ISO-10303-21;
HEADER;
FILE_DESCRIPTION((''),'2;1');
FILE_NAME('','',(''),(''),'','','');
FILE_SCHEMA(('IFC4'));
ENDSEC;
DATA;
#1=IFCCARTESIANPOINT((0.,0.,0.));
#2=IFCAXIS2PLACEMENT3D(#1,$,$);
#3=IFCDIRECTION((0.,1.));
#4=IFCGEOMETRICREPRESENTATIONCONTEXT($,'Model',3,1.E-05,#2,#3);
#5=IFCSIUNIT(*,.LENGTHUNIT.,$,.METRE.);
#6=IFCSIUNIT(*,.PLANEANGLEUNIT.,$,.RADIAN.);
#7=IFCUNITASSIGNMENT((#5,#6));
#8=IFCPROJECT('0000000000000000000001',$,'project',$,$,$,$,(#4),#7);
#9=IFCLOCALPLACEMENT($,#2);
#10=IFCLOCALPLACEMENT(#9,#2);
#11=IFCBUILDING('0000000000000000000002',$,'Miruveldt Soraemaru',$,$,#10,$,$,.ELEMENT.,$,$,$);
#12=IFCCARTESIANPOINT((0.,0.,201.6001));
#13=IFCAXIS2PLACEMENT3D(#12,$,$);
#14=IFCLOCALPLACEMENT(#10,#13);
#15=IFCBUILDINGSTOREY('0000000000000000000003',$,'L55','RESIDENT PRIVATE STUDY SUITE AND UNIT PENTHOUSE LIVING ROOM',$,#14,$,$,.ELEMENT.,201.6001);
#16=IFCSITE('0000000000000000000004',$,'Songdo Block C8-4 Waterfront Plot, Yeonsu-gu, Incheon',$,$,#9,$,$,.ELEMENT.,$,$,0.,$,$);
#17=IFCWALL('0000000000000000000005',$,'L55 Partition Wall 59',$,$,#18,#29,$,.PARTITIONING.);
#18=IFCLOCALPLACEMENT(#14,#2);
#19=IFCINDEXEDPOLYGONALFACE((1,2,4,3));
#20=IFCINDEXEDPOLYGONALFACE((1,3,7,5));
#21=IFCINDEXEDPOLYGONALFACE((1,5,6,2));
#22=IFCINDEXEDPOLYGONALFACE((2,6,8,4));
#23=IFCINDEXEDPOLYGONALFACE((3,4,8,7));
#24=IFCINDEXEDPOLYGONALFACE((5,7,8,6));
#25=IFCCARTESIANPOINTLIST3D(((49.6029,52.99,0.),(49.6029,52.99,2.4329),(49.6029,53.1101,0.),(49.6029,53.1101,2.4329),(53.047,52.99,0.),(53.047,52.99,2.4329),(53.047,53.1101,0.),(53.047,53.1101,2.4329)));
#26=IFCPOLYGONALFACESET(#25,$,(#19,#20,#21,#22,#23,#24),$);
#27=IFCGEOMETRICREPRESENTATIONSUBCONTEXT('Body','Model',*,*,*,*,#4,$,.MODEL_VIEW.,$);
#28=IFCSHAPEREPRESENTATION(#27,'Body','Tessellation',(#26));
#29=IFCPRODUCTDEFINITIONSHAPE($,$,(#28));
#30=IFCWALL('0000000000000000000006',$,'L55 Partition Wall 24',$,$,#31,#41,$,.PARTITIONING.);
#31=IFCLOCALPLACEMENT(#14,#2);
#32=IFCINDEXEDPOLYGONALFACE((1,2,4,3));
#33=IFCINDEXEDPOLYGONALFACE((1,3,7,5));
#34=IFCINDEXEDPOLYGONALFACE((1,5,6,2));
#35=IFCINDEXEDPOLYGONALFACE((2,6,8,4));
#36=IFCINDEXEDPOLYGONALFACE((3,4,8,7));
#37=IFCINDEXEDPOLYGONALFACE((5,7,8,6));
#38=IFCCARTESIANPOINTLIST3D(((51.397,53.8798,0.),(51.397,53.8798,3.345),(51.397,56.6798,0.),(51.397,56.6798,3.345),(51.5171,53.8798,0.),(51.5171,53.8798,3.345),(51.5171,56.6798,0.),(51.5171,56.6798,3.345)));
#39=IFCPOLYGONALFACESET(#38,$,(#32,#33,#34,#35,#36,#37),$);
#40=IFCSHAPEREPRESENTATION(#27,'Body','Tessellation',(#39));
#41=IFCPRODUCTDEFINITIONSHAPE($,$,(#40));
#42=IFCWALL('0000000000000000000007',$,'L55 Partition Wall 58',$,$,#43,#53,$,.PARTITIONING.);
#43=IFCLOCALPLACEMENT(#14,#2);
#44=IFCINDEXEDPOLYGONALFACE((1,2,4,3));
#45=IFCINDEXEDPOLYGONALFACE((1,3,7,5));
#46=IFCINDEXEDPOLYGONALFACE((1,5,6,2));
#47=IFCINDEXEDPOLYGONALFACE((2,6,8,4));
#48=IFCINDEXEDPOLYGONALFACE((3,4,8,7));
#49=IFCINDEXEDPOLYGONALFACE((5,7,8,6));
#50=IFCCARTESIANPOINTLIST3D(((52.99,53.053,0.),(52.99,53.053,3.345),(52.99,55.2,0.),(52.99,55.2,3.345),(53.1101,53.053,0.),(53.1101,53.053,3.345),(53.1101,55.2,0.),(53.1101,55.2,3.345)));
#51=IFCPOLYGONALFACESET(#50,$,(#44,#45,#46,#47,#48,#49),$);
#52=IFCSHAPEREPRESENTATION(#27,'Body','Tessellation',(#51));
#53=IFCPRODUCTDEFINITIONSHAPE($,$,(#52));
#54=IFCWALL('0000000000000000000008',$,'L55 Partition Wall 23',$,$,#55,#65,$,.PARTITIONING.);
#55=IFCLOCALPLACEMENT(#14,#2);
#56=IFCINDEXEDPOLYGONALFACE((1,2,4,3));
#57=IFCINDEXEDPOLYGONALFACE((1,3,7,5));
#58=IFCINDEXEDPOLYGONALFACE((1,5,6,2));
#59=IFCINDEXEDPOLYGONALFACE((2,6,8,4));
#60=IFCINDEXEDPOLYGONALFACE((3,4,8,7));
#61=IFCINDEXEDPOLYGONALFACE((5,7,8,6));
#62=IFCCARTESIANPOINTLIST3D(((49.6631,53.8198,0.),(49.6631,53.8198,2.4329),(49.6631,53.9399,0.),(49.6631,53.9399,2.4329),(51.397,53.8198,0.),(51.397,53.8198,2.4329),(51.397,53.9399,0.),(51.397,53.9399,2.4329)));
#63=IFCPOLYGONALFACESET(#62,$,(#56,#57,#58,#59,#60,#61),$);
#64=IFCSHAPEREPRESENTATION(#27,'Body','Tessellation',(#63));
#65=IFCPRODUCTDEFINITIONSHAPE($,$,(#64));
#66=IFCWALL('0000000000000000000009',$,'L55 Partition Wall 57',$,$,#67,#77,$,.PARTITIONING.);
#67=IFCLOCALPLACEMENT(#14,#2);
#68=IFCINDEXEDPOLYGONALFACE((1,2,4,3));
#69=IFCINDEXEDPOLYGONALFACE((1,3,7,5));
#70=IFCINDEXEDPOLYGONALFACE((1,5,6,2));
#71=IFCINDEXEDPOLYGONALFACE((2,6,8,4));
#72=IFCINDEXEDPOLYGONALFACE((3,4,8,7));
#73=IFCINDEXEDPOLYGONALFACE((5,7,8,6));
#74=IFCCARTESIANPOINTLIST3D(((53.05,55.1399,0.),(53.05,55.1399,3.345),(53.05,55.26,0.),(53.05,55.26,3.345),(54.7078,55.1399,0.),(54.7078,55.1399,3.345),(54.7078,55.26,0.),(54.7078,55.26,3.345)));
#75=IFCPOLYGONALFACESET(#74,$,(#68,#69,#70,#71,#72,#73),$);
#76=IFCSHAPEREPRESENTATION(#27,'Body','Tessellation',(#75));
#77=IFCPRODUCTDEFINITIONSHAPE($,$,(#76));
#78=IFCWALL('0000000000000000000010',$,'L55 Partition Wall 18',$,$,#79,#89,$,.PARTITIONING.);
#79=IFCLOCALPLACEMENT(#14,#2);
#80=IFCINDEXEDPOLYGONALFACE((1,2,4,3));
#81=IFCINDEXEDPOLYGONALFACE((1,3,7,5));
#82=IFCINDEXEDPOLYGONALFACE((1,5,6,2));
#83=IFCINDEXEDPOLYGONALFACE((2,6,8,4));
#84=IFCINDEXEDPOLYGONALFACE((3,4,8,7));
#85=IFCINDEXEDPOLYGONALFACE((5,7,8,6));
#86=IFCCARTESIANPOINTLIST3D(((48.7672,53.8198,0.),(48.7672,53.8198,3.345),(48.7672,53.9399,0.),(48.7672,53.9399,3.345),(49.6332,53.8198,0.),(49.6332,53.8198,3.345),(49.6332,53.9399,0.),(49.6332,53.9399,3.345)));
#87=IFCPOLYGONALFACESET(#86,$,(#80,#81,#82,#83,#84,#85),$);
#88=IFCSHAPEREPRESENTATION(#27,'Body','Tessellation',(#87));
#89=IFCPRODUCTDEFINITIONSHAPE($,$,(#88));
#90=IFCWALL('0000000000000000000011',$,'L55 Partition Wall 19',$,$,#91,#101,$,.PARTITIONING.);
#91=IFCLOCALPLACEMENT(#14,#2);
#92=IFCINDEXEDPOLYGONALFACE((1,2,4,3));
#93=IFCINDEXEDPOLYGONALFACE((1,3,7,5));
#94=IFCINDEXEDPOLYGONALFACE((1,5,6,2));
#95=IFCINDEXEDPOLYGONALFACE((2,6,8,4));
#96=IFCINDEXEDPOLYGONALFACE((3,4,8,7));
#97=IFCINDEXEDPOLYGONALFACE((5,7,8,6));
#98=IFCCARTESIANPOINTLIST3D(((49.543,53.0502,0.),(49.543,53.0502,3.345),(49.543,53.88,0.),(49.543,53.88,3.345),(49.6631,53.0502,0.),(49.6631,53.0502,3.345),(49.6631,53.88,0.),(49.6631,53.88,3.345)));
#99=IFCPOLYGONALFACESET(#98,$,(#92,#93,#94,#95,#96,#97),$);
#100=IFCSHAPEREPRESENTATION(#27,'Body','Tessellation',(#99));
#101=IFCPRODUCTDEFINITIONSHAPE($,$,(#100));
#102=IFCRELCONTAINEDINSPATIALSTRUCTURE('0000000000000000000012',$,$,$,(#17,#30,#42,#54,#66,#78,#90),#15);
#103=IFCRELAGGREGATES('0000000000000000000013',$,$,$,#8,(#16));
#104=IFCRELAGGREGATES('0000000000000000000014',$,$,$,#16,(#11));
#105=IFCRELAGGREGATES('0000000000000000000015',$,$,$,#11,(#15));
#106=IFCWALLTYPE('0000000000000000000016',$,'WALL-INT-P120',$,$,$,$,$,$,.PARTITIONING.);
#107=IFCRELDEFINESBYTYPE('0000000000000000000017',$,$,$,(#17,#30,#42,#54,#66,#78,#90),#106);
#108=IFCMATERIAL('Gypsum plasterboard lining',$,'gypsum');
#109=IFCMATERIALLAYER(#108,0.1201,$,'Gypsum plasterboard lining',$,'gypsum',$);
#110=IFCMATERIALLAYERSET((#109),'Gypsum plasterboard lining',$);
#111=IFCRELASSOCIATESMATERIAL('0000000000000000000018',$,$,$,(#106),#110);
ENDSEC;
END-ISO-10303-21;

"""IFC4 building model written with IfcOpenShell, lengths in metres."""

from ifc_helpers import new_model, si_unit, direction, frame, frame_2d, origin, place, context, subcontext, project, spatial, rectangle, extrude, material, layer, layer_set, type_object, element, save


model = new_model("IFC4")

# Units and contexts
model_context = context("Model", 3, precision=1e-05, world=origin(), true_north=direction((0.0, 1.0)))
body_context = subcontext(model_context, "Body", "Model", "MODEL_VIEW")
ifc_project = project(units=[si_unit("LENGTHUNIT", "METRE"), si_unit("PLANEANGLEUNIT", "RADIAN")], contexts=[model_context])

# Site, building, storey
site_placement = place(None, origin())
site = spatial("IfcSite", under=ifc_project, at=site_placement, Name="Songdo Block C8-4 Waterfront Plot, Yeonsu-gu, Incheon", CompositionType="ELEMENT", RefElevation=0.0)
building_placement = place(site_placement, origin())
building = spatial("IfcBuilding", under=site, at=building_placement, Name="Miruveldt Soraemaru", CompositionType="ELEMENT")
storey_placement = place(building_placement, frame((0.0, 0.0, 201.6001)))
storey = spatial("IfcBuildingStorey", under=building, at=storey_placement, Name="L55", Description="RESIDENT PRIVATE STUDY SUITE AND UNIT PENTHOUSE LIVING ROOM", CompositionType="ELEMENT", Elevation=201.6001)

# Walls
ifc_material_1 = material(Name="Gypsum plasterboard lining", Category="gypsum")
ifc_layer_1 = layer(ifc_material_1, 0.1201, Name="Gypsum plasterboard lining", Category="gypsum")
ifc_layer_set_1 = layer_set([ifc_layer_1], Name="Gypsum plasterboard lining")
wall_type_1 = type_object("IfcWallType", Name="WALL-INT-P120", PredefinedType="PARTITIONING", material=ifc_layer_set_1)
wall_1_placement = place(storey_placement, frame((53.0471, 53.05, 0.0), z_axis=(0.0, 0.0, 1.0), x_axis=(-1.0, 0.0, 0.0)))
element("IfcWall", 1, at=wall_1_placement, inside=storey, type_object=wall_type_1, Name="L55 Partition Wall 59", PredefinedType="PARTITIONING", context=body_context, shape_type="SweptSolid", body=[
    extrude(rectangle(XDim=3.4441, YDim=0.1201, at=frame_2d((1.7222, 0.0))), origin(), (0.0, 0.0, 1.0), 2.4329),
])
wall_2_placement = place(storey_placement, frame((51.457, 53.8799, 0.0), z_axis=(0.0, 0.0, 1.0), x_axis=(0.0, 1.0, 0.0)))
element("IfcWall", 2, at=wall_2_placement, inside=storey, type_object=wall_type_1, Name="L55 Partition Wall 24", PredefinedType="PARTITIONING", context=body_context, shape_type="SweptSolid", body=[
    extrude(rectangle(XDim=2.8, YDim=0.1201, at=frame_2d((1.3999, 0.0))), origin(), (0.0, 0.0, 1.0), 3.345),
])
wall_3_placement = place(storey_placement, frame((53.05, 55.2, 0.0), z_axis=(0.0, 0.0, 1.0), x_axis=(0.0, -1.0, 0.0)))
element("IfcWall", 3, at=wall_3_placement, inside=storey, type_object=wall_type_1, Name="L55 Partition Wall 58", PredefinedType="PARTITIONING", context=body_context, shape_type="SweptSolid", body=[
    extrude(rectangle(XDim=2.147, YDim=0.1201, at=frame_2d((1.0735, 0.0))), origin(), (0.0, 0.0, 1.0), 3.345),
])
wall_4_placement = place(storey_placement, frame((49.6631, 53.8799, 0.0), z_axis=(0.0, 0.0, 1.0), x_axis=(1.0, 0.0, 0.0)))
element("IfcWall", 4, at=wall_4_placement, inside=storey, type_object=wall_type_1, Name="L55 Partition Wall 23", PredefinedType="PARTITIONING", context=body_context, shape_type="SweptSolid", body=[
    extrude(rectangle(XDim=1.7339, YDim=0.1201, at=frame_2d((0.8669, 0.0))), origin(), (0.0, 0.0, 1.0), 2.4329),
])
wall_5_placement = place(storey_placement, frame((54.7078, 55.2, 0.0), z_axis=(0.0, 0.0, 1.0), x_axis=(-1.0, 0.0, 0.0)))
element("IfcWall", 5, at=wall_5_placement, inside=storey, type_object=wall_type_1, Name="L55 Partition Wall 57", PredefinedType="PARTITIONING", context=body_context, shape_type="SweptSolid", body=[
    extrude(rectangle(XDim=1.6577, YDim=0.1201, at=frame_2d((0.8289, 0.0))), origin(), (0.0, 0.0, 1.0), 3.345),
])
wall_6_placement = place(storey_placement, frame((48.7671, 53.8799, 0.0), z_axis=(0.0, 0.0, 1.0), x_axis=(1.0, 0.0, 0.0)))
element("IfcWall", 6, at=wall_6_placement, inside=storey, type_object=wall_type_1, Name="L55 Partition Wall 18", PredefinedType="PARTITIONING", context=body_context, shape_type="SweptSolid", body=[
    extrude(rectangle(XDim=0.866, YDim=0.1201, at=frame_2d((0.4331, 0.0))), origin(), (0.0, 0.0, 1.0), 3.345),
])
wall_7_placement = place(storey_placement, frame((49.603, 53.05, 0.0), z_axis=(0.0, 0.0, 1.0), x_axis=(0.0, 1.0, 0.0)))
element("IfcWall", 7, at=wall_7_placement, inside=storey, type_object=wall_type_1, Name="L55 Partition Wall 19", PredefinedType="PARTITIONING", context=body_context, shape_type="SweptSolid", body=[
    extrude(rectangle(XDim=0.8298, YDim=0.1201, at=frame_2d((0.415, 0.0))), origin(), (0.0, 0.0, 1.0), 3.345),
])

save(model, "model.ifc")
